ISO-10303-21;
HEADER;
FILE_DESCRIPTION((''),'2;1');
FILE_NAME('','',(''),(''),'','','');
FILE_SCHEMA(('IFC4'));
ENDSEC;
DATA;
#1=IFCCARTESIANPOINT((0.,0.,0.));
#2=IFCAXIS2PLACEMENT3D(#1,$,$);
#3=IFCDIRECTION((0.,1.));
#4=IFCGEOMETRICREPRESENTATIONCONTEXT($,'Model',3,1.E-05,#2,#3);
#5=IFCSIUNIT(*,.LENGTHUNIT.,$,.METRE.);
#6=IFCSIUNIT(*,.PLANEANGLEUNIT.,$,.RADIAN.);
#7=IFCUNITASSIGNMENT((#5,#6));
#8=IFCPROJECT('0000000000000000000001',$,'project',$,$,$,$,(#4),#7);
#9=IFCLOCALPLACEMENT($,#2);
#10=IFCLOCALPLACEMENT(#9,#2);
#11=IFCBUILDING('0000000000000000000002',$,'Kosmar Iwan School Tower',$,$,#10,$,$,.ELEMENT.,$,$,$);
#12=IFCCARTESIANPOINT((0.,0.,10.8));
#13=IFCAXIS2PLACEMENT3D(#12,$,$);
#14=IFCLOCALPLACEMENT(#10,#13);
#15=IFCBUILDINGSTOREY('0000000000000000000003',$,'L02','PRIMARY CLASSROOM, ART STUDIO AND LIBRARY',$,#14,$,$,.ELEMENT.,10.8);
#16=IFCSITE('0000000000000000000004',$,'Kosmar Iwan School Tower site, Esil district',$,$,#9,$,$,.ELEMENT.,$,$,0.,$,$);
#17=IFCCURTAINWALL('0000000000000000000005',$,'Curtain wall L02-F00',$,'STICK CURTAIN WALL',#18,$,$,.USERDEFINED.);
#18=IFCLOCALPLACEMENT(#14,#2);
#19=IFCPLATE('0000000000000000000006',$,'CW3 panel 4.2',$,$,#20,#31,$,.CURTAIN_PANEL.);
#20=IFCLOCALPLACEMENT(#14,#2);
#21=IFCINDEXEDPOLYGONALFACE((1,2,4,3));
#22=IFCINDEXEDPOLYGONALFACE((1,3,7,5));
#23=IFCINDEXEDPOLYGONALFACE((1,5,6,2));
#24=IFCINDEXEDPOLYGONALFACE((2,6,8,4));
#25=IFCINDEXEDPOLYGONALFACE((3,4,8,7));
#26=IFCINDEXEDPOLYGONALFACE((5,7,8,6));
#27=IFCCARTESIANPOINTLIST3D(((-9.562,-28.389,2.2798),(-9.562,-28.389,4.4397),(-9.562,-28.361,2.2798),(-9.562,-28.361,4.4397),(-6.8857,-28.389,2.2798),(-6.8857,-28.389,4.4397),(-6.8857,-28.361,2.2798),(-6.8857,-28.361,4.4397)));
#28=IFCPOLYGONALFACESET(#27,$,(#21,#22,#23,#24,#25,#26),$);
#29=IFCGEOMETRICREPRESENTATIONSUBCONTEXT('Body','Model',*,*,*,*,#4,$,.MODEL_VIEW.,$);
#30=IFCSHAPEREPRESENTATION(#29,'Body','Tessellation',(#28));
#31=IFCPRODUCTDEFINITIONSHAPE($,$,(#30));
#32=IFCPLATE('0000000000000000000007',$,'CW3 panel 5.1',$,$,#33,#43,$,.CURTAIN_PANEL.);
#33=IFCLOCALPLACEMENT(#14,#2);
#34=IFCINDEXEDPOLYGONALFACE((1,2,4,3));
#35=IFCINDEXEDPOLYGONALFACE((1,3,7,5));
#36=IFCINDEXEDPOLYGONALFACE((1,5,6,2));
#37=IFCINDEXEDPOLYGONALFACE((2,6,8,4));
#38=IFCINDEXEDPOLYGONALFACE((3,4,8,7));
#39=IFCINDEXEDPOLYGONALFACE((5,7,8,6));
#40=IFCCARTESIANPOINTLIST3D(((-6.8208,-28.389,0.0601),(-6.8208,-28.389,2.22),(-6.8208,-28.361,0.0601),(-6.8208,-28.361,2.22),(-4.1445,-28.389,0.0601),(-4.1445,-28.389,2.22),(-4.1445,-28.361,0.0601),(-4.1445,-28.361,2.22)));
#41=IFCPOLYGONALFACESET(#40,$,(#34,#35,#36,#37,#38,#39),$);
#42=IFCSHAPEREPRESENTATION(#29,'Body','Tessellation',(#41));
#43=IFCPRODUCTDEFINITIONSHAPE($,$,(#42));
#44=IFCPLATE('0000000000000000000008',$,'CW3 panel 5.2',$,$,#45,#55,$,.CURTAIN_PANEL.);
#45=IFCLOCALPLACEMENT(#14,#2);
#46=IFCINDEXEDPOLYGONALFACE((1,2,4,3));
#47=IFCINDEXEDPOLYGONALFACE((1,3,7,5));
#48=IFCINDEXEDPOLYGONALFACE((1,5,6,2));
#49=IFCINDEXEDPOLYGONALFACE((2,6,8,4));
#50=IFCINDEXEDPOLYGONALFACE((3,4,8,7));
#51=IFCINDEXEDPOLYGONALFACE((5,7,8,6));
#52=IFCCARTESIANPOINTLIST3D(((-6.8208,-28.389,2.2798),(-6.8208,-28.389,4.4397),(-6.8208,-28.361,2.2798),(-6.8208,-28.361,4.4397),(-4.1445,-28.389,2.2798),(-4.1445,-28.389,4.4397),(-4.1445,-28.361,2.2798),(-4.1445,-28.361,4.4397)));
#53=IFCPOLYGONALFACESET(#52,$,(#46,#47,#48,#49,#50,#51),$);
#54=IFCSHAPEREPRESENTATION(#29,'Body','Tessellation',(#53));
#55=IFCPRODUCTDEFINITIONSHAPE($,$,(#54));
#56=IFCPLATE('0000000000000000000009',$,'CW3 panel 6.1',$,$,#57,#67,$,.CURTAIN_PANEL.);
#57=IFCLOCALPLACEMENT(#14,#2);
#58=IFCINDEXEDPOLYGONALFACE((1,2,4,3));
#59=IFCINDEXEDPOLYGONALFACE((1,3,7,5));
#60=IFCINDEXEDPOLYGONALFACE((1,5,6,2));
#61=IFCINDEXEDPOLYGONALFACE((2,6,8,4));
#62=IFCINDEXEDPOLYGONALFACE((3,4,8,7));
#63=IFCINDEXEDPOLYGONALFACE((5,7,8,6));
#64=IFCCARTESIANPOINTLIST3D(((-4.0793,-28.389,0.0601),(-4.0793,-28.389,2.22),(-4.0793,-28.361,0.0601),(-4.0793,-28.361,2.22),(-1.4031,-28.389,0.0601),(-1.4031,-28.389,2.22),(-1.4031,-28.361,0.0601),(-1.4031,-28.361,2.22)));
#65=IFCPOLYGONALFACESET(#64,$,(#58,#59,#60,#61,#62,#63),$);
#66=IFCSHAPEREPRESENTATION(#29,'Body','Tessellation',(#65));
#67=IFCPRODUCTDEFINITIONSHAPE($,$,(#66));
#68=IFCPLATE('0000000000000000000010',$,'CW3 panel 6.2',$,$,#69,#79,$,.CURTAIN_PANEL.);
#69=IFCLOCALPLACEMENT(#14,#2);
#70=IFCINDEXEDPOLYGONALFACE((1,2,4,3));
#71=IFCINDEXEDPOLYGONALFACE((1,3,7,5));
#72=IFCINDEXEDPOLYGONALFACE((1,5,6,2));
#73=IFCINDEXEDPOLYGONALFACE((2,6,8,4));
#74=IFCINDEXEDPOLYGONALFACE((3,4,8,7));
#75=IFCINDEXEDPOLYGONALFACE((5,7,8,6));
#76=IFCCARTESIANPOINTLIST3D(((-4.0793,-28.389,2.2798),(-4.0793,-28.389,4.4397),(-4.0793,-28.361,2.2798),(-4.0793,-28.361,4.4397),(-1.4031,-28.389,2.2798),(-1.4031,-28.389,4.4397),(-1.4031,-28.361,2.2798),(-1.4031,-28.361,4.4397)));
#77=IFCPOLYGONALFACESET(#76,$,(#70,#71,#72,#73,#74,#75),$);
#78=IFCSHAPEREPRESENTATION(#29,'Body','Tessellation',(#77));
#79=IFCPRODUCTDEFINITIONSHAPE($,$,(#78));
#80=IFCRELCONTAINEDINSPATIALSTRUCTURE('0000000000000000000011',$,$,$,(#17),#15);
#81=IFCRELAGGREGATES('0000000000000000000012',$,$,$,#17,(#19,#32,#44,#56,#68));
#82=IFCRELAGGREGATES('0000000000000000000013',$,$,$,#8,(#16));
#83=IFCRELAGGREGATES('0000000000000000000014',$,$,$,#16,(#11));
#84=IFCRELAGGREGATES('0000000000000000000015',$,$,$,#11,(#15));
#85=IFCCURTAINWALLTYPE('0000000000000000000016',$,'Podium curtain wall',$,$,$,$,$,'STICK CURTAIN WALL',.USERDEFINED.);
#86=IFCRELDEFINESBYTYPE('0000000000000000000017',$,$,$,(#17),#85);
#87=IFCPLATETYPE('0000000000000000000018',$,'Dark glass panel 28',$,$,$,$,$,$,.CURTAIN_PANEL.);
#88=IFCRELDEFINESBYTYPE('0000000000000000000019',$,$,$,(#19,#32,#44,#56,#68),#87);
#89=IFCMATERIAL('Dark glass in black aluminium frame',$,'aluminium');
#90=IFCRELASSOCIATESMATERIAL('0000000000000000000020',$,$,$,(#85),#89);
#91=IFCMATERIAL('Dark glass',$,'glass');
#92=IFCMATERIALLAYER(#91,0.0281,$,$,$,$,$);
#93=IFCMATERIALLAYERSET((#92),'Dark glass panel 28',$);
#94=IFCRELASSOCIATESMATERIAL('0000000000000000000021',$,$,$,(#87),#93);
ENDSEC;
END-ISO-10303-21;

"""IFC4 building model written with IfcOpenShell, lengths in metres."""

from ifc_helpers import new_model, si_unit, direction, frame, origin, origin_2d, place, context, subcontext, project, spatial, rectangle, extrude, material, layer, layer_set, type_object, element, aggregate, save


model = new_model("IFC4")

# Units and contexts
model_context = context("Model", 3, precision=1e-05, world=origin(), true_north=direction((0.0, 1.0)))
body_context = subcontext(model_context, "Body", "Model", "MODEL_VIEW")
ifc_project = project(units=[si_unit("LENGTHUNIT", "METRE"), si_unit("PLANEANGLEUNIT", "RADIAN")], contexts=[model_context])

# Site, building, storey
site_placement = place(None, origin())
site = spatial("IfcSite", under=ifc_project, at=site_placement, Name="Kosmar Iwan School Tower site, Esil district", CompositionType="ELEMENT", RefElevation=0.0)
building_placement = place(site_placement, origin())
building = spatial("IfcBuilding", under=site, at=building_placement, Name="Kosmar Iwan School Tower", CompositionType="ELEMENT")
storey_placement = place(building_placement, frame((0.0, 0.0, 10.8)))
storey = spatial("IfcBuildingStorey", under=building, at=storey_placement, Name="L02", Description="PRIMARY CLASSROOM, ART STUDIO AND LIBRARY", CompositionType="ELEMENT", Elevation=10.8)

# Curtain wall, plates
ifc_material_1 = material(Name="Dark glass in black aluminium frame", Category="aluminium")
curtain_wall_type = type_object("IfcCurtainWallType", Name="Podium curtain wall", ElementType="STICK CURTAIN WALL", PredefinedType="USERDEFINED", material=ifc_material_1)
curtain_wall_placement = place(storey_placement, origin())
curtain_wall = element("IfcCurtainWall", 1, at=curtain_wall_placement, inside=storey, type_object=curtain_wall_type, Name="Curtain wall L02-F00", ObjectType="STICK CURTAIN WALL", PredefinedType="USERDEFINED")
ifc_material_2 = material(Name="Dark glass", Category="glass")
ifc_layer = layer(ifc_material_2, 0.0281)
ifc_layer_set = layer_set([ifc_layer], Name="Dark glass panel 28")
plate_type = type_object("IfcPlateType", Name="Dark glass panel 28", PredefinedType="CURTAIN_PANEL", material=ifc_layer_set)
plate_1_placement = place(storey_placement, frame((-8.2239, -28.375, 2.2798), z_axis=(0.0, 0.0, 1.0), x_axis=(1.0, 0.0, 0.0)))
plate_1 = element("IfcPlate", 2, at=plate_1_placement, type_object=plate_type, Name="CW3 panel 4.2", PredefinedType="CURTAIN_PANEL", context=body_context, shape_type="SweptSolid", body=[
    extrude(rectangle(XDim=2.6763, YDim=0.0281, at=origin_2d()), origin(), (0.0, 0.0, 1.0), 2.1599),
])
plate_2_placement = place(storey_placement, frame((-5.4827, -28.375, 0.0601), z_axis=(0.0, 0.0, 1.0), x_axis=(1.0, 0.0, 0.0)))
plate_2 = element("IfcPlate", 3, at=plate_2_placement, type_object=plate_type, Name="CW3 panel 5.1", PredefinedType="CURTAIN_PANEL", context=body_context, shape_type="SweptSolid", body=[
    extrude(rectangle(XDim=2.6763, YDim=0.0281, at=origin_2d()), origin(), (0.0, 0.0, 1.0), 2.1599),
])
plate_3_placement = place(storey_placement, frame((-5.4827, -28.375, 2.2798), z_axis=(0.0, 0.0, 1.0), x_axis=(1.0, 0.0, 0.0)))
plate_3 = element("IfcPlate", 4, at=plate_3_placement, type_object=plate_type, Name="CW3 panel 5.2", PredefinedType="CURTAIN_PANEL", context=body_context, shape_type="SweptSolid", body=[
    extrude(rectangle(XDim=2.6763, YDim=0.0281, at=origin_2d()), origin(), (0.0, 0.0, 1.0), 2.1599),
])
plate_4_placement = place(storey_placement, frame((-2.7412, -28.375, 0.0601), z_axis=(0.0, 0.0, 1.0), x_axis=(1.0, 0.0, 0.0)))
plate_4 = element("IfcPlate", 5, at=plate_4_placement, type_object=plate_type, Name="CW3 panel 6.1", PredefinedType="CURTAIN_PANEL", context=body_context, shape_type="SweptSolid", body=[
    extrude(rectangle(XDim=2.6763, YDim=0.0281, at=origin_2d()), origin(), (0.0, 0.0, 1.0), 2.1599),
])
plate_5_placement = place(storey_placement, frame((-2.7412, -28.375, 2.2798), z_axis=(0.0, 0.0, 1.0), x_axis=(1.0, 0.0, 0.0)))
plate_5 = element("IfcPlate", 6, at=plate_5_placement, type_object=plate_type, Name="CW3 panel 6.2", PredefinedType="CURTAIN_PANEL", context=body_context, shape_type="SweptSolid", body=[
    extrude(rectangle(XDim=2.6763, YDim=0.0281, at=origin_2d()), origin(), (0.0, 0.0, 1.0), 2.1599),
])
aggregate(curtain_wall, [plate_1, plate_2, plate_3, plate_4, plate_5])

save(model, "model.ifc")
